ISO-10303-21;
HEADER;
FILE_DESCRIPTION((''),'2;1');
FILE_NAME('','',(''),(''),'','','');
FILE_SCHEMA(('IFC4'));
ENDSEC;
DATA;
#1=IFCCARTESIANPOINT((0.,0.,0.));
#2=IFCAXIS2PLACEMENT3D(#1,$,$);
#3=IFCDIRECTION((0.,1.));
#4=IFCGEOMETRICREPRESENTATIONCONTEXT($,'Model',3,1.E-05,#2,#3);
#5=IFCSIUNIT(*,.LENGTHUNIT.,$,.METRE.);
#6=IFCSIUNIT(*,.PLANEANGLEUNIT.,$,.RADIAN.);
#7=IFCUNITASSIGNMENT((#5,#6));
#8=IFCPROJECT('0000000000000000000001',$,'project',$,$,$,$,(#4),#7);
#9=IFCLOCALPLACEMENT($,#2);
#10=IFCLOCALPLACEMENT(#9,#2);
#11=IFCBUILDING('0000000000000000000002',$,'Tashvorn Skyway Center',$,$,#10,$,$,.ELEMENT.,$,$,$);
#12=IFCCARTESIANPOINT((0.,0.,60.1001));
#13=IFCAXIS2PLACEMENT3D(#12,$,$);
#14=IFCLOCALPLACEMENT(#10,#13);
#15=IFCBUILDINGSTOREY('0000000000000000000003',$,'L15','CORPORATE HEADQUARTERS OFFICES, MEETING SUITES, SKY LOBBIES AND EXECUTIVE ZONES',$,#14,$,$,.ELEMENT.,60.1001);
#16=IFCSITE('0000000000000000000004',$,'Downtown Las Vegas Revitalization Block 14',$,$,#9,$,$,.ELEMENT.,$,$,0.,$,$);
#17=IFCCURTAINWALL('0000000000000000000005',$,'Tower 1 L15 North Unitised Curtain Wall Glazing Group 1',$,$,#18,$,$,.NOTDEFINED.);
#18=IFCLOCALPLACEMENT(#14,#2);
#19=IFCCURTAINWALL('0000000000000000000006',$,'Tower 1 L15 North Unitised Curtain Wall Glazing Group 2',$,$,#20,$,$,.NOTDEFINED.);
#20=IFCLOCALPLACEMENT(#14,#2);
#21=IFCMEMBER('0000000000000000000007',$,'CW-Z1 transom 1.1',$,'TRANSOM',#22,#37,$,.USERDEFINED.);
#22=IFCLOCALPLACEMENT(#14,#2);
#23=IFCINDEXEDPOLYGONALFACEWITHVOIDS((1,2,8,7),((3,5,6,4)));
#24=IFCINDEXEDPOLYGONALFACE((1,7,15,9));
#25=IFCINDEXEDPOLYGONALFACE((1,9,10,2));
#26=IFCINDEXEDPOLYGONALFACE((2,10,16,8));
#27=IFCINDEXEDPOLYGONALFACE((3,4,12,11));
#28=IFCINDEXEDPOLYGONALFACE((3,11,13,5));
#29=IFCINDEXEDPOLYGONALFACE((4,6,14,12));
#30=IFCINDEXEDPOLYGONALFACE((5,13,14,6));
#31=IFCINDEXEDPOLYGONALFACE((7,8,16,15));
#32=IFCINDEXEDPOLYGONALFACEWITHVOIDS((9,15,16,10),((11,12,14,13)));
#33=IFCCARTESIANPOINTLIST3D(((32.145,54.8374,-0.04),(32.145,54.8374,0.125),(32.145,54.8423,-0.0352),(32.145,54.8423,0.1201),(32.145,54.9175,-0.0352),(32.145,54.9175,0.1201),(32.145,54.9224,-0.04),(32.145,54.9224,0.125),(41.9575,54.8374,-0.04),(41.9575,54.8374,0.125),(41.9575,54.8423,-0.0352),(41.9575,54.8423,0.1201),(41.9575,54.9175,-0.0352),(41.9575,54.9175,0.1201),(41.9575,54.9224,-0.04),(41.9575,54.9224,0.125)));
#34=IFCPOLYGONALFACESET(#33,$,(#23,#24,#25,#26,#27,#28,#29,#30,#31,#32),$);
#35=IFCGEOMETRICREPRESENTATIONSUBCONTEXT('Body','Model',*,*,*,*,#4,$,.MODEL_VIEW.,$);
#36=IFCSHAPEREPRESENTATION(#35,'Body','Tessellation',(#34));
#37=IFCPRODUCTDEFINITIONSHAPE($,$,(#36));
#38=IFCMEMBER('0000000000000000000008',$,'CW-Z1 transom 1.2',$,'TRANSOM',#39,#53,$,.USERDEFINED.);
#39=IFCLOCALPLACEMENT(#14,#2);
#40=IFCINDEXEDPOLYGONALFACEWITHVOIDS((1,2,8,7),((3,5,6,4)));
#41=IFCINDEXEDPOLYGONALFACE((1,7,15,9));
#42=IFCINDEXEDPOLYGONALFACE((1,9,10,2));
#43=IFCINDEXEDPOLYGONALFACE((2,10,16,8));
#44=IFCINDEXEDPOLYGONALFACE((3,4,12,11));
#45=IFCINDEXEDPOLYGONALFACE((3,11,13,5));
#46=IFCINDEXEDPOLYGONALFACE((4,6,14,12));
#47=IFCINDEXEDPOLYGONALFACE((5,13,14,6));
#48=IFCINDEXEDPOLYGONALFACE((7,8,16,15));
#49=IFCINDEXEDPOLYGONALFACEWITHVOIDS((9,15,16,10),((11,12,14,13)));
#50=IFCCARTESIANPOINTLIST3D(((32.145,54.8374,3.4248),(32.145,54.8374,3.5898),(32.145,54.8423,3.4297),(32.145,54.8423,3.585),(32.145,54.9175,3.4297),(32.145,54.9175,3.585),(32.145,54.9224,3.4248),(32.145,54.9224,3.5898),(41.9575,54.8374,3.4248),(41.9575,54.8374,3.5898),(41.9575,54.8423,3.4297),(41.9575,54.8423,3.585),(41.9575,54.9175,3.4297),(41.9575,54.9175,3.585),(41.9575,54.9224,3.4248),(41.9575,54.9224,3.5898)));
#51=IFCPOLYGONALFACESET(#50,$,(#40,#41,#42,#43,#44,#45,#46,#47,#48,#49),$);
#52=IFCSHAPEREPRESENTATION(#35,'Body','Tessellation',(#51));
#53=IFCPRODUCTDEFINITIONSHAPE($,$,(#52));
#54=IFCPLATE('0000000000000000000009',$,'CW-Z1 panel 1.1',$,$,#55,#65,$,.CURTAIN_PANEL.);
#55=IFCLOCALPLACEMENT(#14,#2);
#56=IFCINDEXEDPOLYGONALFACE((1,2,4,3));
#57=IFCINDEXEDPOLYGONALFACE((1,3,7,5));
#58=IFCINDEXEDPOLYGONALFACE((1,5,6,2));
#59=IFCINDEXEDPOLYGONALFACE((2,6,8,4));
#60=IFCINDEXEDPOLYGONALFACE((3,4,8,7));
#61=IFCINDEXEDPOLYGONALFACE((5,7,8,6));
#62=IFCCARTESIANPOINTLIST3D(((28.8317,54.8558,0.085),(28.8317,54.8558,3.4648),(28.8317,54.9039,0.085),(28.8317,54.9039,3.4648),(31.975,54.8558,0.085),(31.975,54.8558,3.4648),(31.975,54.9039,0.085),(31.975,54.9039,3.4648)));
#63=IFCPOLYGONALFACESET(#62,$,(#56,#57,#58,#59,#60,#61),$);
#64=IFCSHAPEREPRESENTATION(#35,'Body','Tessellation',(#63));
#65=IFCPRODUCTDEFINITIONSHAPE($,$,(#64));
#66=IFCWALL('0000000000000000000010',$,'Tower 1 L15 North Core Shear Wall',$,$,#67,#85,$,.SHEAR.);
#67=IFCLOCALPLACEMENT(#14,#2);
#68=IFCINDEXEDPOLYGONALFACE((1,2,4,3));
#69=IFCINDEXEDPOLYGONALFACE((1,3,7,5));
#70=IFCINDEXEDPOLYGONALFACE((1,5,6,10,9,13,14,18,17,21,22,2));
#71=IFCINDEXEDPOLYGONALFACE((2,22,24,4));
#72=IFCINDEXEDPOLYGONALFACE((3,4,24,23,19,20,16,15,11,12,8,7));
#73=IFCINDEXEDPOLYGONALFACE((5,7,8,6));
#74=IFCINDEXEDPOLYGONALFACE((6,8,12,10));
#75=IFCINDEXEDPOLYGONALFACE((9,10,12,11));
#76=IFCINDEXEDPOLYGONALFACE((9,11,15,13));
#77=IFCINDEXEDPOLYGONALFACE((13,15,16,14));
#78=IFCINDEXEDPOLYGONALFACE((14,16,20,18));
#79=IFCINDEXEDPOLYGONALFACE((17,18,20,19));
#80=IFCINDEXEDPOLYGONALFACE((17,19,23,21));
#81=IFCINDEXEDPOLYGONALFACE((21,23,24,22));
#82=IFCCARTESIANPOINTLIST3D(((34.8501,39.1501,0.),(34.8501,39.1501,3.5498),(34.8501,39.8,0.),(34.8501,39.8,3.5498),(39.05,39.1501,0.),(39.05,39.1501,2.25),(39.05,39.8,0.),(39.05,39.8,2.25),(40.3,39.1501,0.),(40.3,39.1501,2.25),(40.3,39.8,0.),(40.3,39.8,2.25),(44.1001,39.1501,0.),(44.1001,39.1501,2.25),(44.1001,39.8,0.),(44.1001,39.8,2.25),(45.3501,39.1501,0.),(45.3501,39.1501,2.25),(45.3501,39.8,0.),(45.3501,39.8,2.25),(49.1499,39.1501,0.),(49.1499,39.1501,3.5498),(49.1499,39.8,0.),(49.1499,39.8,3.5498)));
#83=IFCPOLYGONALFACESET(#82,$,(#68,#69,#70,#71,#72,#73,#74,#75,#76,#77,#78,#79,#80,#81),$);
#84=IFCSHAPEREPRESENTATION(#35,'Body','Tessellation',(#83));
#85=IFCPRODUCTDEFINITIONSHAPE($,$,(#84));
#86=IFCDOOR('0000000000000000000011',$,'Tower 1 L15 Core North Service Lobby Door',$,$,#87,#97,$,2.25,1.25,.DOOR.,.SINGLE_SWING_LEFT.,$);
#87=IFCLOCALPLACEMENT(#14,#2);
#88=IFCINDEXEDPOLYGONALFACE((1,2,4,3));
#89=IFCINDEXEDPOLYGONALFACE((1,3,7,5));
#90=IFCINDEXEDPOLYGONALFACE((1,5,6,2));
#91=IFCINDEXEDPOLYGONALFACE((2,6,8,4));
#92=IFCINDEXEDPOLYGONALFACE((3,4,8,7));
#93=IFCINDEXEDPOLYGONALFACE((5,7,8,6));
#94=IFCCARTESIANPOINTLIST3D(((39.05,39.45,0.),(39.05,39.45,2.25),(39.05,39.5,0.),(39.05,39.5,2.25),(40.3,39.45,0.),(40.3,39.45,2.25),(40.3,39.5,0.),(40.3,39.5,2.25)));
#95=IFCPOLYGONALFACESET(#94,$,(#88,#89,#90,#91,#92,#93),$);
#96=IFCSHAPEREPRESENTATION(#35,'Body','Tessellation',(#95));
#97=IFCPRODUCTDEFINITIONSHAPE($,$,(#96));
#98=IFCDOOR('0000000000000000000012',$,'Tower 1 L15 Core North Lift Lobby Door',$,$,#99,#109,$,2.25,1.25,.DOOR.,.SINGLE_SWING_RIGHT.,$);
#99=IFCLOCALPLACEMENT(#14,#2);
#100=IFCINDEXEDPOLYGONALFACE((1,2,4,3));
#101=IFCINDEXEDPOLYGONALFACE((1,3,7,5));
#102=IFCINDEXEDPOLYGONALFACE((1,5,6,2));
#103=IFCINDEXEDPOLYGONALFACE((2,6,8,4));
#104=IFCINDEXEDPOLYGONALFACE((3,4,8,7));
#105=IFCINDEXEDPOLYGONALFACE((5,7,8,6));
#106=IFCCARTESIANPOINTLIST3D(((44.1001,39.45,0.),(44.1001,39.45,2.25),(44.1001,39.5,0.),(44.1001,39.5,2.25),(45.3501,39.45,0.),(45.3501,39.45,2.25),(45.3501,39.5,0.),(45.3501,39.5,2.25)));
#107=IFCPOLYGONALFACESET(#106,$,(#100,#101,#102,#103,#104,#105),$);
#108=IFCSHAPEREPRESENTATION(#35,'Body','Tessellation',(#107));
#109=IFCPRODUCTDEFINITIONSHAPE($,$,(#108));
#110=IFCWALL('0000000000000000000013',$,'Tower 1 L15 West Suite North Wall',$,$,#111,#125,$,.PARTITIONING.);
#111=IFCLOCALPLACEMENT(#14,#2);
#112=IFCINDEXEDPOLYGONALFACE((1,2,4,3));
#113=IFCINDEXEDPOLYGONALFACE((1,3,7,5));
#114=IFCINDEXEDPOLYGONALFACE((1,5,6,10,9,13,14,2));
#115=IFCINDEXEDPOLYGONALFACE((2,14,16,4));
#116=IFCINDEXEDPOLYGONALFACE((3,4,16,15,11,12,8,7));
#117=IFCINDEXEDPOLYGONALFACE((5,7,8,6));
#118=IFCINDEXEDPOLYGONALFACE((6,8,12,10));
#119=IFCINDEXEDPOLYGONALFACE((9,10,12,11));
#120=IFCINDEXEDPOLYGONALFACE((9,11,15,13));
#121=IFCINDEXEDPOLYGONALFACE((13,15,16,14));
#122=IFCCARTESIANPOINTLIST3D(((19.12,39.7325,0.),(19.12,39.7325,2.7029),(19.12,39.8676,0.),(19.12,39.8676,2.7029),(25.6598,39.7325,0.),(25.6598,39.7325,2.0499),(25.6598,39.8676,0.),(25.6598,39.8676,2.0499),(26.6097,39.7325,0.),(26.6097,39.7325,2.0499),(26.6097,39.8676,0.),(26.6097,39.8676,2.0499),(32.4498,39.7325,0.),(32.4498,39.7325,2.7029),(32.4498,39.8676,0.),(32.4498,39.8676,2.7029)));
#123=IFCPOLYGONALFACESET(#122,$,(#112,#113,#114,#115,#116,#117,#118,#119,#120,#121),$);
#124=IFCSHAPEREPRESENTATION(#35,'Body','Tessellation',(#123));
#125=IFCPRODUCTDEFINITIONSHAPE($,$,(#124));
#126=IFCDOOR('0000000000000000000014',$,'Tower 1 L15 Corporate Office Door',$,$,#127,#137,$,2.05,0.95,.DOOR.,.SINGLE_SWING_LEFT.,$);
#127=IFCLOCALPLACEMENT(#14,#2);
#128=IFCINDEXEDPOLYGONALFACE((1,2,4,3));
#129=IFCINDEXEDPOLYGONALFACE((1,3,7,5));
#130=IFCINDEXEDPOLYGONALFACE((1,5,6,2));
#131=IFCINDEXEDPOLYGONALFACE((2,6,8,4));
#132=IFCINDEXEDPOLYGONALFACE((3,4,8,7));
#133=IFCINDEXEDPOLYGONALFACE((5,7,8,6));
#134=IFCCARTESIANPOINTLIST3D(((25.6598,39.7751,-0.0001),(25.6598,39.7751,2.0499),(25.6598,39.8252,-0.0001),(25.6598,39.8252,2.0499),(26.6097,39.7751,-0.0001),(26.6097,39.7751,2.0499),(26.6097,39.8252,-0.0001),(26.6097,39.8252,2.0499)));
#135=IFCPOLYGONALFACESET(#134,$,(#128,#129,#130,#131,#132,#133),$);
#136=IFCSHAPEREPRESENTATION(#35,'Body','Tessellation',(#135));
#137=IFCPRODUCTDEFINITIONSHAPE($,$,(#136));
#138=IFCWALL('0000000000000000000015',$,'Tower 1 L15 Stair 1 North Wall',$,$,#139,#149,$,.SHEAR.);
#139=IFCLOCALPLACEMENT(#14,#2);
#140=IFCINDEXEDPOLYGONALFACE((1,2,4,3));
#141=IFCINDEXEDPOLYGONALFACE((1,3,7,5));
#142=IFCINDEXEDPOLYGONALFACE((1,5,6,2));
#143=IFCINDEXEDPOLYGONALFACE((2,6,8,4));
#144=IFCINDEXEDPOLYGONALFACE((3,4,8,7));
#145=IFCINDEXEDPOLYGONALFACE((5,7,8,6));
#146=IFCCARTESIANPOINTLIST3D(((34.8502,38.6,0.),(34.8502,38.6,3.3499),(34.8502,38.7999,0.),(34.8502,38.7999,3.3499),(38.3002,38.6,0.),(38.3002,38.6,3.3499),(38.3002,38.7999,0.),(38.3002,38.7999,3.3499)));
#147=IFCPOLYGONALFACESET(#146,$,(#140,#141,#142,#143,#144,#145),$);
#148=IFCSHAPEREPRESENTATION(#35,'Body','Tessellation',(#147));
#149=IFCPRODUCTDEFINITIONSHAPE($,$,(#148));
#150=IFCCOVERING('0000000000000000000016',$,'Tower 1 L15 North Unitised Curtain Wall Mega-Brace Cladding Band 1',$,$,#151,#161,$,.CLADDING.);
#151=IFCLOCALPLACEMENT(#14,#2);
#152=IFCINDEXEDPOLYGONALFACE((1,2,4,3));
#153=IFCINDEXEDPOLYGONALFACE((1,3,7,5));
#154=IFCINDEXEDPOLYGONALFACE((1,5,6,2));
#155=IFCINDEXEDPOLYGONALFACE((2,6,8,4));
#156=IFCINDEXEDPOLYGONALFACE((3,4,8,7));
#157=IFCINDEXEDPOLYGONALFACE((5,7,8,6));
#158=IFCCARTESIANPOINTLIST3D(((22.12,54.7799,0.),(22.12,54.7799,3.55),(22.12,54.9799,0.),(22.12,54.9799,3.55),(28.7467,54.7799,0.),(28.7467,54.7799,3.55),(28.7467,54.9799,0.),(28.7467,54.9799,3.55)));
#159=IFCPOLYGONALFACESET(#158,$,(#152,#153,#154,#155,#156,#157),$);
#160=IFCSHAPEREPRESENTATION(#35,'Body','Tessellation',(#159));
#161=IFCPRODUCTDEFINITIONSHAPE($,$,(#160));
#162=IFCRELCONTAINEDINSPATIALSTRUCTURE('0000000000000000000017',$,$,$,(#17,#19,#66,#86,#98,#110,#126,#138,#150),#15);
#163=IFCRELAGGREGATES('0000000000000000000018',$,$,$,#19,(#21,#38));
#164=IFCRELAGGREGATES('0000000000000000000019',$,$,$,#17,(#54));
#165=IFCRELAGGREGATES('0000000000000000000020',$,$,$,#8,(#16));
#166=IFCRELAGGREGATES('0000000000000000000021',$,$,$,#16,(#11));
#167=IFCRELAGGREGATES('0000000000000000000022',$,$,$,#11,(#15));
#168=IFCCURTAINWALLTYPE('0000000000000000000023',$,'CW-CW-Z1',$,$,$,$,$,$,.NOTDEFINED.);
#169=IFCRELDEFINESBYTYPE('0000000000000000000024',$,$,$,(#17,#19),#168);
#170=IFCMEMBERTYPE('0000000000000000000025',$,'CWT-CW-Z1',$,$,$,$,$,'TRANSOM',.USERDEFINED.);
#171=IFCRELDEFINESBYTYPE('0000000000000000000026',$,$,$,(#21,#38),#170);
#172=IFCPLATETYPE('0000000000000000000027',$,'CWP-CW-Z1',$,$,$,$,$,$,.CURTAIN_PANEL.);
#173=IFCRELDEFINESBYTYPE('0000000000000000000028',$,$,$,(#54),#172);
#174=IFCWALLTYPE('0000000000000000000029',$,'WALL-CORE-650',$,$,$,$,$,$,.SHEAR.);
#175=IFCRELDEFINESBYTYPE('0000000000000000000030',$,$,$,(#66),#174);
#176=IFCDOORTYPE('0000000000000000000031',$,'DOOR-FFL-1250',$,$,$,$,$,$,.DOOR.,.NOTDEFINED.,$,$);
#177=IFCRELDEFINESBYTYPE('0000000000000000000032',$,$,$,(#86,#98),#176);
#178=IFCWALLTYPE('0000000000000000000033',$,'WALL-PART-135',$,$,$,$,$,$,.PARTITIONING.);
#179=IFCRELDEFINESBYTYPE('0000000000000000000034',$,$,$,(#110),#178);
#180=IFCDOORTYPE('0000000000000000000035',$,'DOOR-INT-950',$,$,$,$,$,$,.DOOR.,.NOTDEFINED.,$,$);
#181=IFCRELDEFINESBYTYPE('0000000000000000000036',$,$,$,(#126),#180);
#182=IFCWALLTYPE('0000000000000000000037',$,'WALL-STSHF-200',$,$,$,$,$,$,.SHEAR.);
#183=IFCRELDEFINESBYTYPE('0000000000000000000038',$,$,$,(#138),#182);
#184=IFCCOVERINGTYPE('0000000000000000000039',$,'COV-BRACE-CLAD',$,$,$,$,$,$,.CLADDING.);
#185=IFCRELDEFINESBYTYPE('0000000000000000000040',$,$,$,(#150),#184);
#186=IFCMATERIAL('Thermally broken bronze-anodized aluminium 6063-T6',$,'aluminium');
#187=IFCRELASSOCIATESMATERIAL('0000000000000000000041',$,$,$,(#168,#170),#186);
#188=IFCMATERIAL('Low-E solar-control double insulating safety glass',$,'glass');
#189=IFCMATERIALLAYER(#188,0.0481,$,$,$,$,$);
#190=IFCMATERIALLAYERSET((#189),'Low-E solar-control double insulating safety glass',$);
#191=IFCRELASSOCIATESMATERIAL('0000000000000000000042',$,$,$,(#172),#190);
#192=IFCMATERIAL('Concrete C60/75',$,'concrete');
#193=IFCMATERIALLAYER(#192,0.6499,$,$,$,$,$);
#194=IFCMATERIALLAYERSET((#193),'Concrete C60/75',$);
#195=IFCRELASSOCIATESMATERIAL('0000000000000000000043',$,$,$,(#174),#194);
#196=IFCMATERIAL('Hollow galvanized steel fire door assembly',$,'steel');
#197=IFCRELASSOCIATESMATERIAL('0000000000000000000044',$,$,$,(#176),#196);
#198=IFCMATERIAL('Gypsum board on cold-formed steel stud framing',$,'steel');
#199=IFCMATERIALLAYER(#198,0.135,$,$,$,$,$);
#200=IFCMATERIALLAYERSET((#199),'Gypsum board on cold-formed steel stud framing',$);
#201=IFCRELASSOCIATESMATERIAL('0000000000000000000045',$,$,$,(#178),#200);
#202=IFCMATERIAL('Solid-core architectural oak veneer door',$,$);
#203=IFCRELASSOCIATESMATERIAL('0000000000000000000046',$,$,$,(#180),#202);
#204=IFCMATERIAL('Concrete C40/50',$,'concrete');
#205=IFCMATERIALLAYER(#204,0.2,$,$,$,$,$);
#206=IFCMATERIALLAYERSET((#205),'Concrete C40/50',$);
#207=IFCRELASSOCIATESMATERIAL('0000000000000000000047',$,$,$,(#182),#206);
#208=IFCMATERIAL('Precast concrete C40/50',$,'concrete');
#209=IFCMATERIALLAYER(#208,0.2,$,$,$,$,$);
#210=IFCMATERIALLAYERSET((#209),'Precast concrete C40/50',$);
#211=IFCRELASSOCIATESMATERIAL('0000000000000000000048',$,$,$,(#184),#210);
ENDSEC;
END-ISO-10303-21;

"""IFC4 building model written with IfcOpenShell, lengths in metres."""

from ifc_helpers import new_model, si_unit, direction, frame, frame_2d, origin, origin_2d, place, context, subcontext, project, spatial, rectangle, hollow_rectangle, extrude, material, layer, layer_set, material_profile, profile_set, type_object, element, fill, aggregate, save


model = new_model("IFC4")

# Units and contexts
model_context = context("Model", 3, precision=1e-05, world=origin(), true_north=direction((0.0, 1.0)))
body_context = subcontext(model_context, "Body", "Model", "MODEL_VIEW")
ifc_project = project(units=[si_unit("LENGTHUNIT", "METRE"), si_unit("PLANEANGLEUNIT", "RADIAN")], contexts=[model_context])

# Site, building, storey
site_placement = place(None, origin())
site = spatial("IfcSite", under=ifc_project, at=site_placement, Name="Downtown Las Vegas Revitalization Block 14", CompositionType="ELEMENT", RefElevation=0.0)
building_placement = place(site_placement, origin())
building = spatial("IfcBuilding", under=site, at=building_placement, Name="Tashvorn Skyway Center", CompositionType="ELEMENT")
storey_placement = place(building_placement, frame((0.0, 0.0, 60.1001)))
storey = spatial("IfcBuildingStorey", under=building, at=storey_placement, Name="L15", Description="CORPORATE HEADQUARTERS OFFICES, MEETING SUITES, SKY LOBBIES AND EXECUTIVE ZONES", CompositionType="ELEMENT", Elevation=60.1001)

# Curtain wall
ifc_material_1 = material(Name="Thermally broken bronze-anodized aluminium 6063-T6", Category="aluminium")
curtain_wall_type = type_object("IfcCurtainWallType", Name="CW-CW-Z1", PredefinedType="NOTDEFINED", material=ifc_material_1)
curtain_wall_1_placement = place(storey_placement, origin())
curtain_wall_1 = element("IfcCurtainWall", 1, at=curtain_wall_1_placement, inside=storey, type_object=curtain_wall_type, Name="Tower 1 L15 North Unitised Curtain Wall Glazing Group 1", PredefinedType="NOTDEFINED")

# Curtain wall
curtain_wall_2_placement = place(storey_placement, origin())
curtain_wall_2 = element("IfcCurtainWall", 2, at=curtain_wall_2_placement, inside=storey, type_object=curtain_wall_type, Name="Tower 1 L15 North Unitised Curtain Wall Glazing Group 2", PredefinedType="NOTDEFINED")

# Members
ifc_material_profile_1 = material_profile(ifc_material_1, hollow_rectangle(XDim=0.085, YDim=0.165, WallThickness=0.0049, at=origin_2d()), Name="ALU-TRAN-85x165")
ifc_profile_set_1 = profile_set([ifc_material_profile_1], Name="Thermally broken bronze-anodized aluminium 6063-T6")
member_type_1 = type_object("IfcMemberType", Name="CWT-CW-Z1", ElementType="TRANSOM", PredefinedType="USERDEFINED", material=ifc_profile_set_1)
member_1_placement = place(storey_placement, frame((32.145, 54.8799, 0.0425), z_axis=(1.0, 0.0, 0.0), x_axis=(0.0, 1.0, 0.0)))
member_1 = element("IfcMember", 3, at=member_1_placement, type_object=member_type_1, Name="CW-Z1 transom 1.1", ObjectType="TRANSOM", PredefinedType="USERDEFINED", context=body_context, shape_type="SweptSolid", body=[
    extrude(hollow_rectangle(XDim=0.085, YDim=0.165, WallThickness=0.0049, at=origin_2d()), origin(), (0.0, 0.0, 1.0), 9.8125),
])
member_2_placement = place(storey_placement, frame((32.145, 54.8799, 3.5073), z_axis=(1.0, 0.0, 0.0), x_axis=(0.0, 1.0, 0.0)))
member_2 = element("IfcMember", 4, at=member_2_placement, type_object=member_type_1, Name="CW-Z1 transom 1.2", ObjectType="TRANSOM", PredefinedType="USERDEFINED", context=body_context, shape_type="SweptSolid", body=[
    extrude(hollow_rectangle(XDim=0.085, YDim=0.165, WallThickness=0.0049, at=origin_2d()), origin(), (0.0, 0.0, 1.0), 9.8125),
])
aggregate(curtain_wall_2, [member_1, member_2])

# Plate
ifc_material_2 = material(Name="Low-E solar-control double insulating safety glass", Category="glass")
ifc_layer_1 = layer(ifc_material_2, 0.0481)
ifc_layer_set_1 = layer_set([ifc_layer_1], Name="Low-E solar-control double insulating safety glass")
plate_type = type_object("IfcPlateType", Name="CWP-CW-Z1", PredefinedType="CURTAIN_PANEL", material=ifc_layer_set_1)
plate_placement = place(storey_placement, frame((30.4033, 54.8799, 0.085), z_axis=(0.0, 0.0, 1.0), x_axis=(1.0, 0.0, 0.0)))
plate = element("IfcPlate", 5, at=plate_placement, type_object=plate_type, Name="CW-Z1 panel 1.1", PredefinedType="CURTAIN_PANEL", context=body_context, shape_type="SweptSolid", body=[
    extrude(rectangle(XDim=3.1433, YDim=0.0481, at=origin_2d()), origin(), (0.0, 0.0, 1.0), 3.3799),
])
aggregate(curtain_wall_1, [plate])

# Wall, openings, doors
ifc_material_3 = material(Name="Concrete C60/75", Category="concrete")
ifc_layer_2 = layer(ifc_material_3, 0.6499)
ifc_layer_set_2 = layer_set([ifc_layer_2], Name="Concrete C60/75")
wall_type_1 = type_object("IfcWallType", Name="WALL-CORE-650", PredefinedType="SHEAR", material=ifc_layer_set_2)
wall_1_placement = place(storey_placement, frame((34.8501, 39.4751, 0.0), z_axis=(0.0, 0.0, 1.0), x_axis=(1.0, 0.0, 0.0)))
wall_1 = element("IfcWall", 6, at=wall_1_placement, inside=storey, type_object=wall_type_1, Name="Tower 1 L15 North Core Shear Wall", PredefinedType="SHEAR", context=body_context, shape_type="SweptSolid", body=[
    extrude(rectangle(XDim=14.2998, YDim=0.6499, at=frame_2d((7.1499, 0.0))), origin(), (0.0, 0.0, 1.0), 3.5498),
])
opening_1_placement = place(wall_1_placement, frame((4.2, 0.0, 0.0)))
opening_1 = element("IfcOpeningElement", 7, at=opening_1_placement, cuts=wall_1, PredefinedType="OPENING", context=body_context, shape_type="SweptSolid", body=[
    extrude(rectangle(XDim=1.25, YDim=2.25, at=frame_2d((0.625, 1.125))), frame((0.0, 0.335, 0.0), z_axis=(0.0, -1.0, 0.0), x_axis=(1.0, 0.0, 0.0)), (0.0, 0.0, 1.0), 0.6699),
])
opening_2_placement = place(wall_1_placement, frame((9.25, 0.0, 0.0)))
opening_2 = element("IfcOpeningElement", 8, at=opening_2_placement, cuts=wall_1, PredefinedType="OPENING", context=body_context, shape_type="SweptSolid", body=[
    extrude(rectangle(XDim=1.25, YDim=2.25, at=frame_2d((0.625, 1.125))), frame((0.0, 0.335, 0.0), z_axis=(0.0, -1.0, 0.0), x_axis=(1.0, 0.0, 0.0)), (0.0, 0.0, 1.0), 0.6699),
])
ifc_material_4 = material(Name="Hollow galvanized steel fire door assembly", Category="steel")
door_type_1 = type_object("IfcDoorType", Name="DOOR-FFL-1250", OperationType="NOTDEFINED", PredefinedType="DOOR", material=ifc_material_4)
door_1_placement = place(opening_1_placement, origin())
door_1 = element("IfcDoor", 9, at=door_1_placement, inside=storey, type_object=door_type_1, Name="Tower 1 L15 Core North Service Lobby Door", OperationType="SINGLE_SWING_LEFT", OverallHeight=2.25, OverallWidth=1.25, PredefinedType="DOOR", context=body_context, shape_type="SweptSolid", body=[
    extrude(rectangle(XDim=1.25, YDim=2.25, at=frame_2d((0.625, 1.125))), frame((0.0, 0.0249, 0.0), z_axis=(0.0, -1.0, 0.0), x_axis=(1.0, 0.0, 0.0)), (0.0, 0.0, 1.0), 0.05),
])
fill(opening_1, door_1)
door_2_placement = place(opening_2_placement, origin())
door_2 = element("IfcDoor", 10, at=door_2_placement, inside=storey, type_object=door_type_1, Name="Tower 1 L15 Core North Lift Lobby Door", OperationType="SINGLE_SWING_RIGHT", OverallHeight=2.25, OverallWidth=1.25, PredefinedType="DOOR", context=body_context, shape_type="SweptSolid", body=[
    extrude(rectangle(XDim=1.25, YDim=2.25, at=frame_2d((0.625, 1.125))), frame((0.0, 0.0249, 0.0), z_axis=(0.0, -1.0, 0.0), x_axis=(1.0, 0.0, 0.0)), (0.0, 0.0, 1.0), 0.05),
])
fill(opening_2, door_2)

# Wall, opening, door
ifc_material_5 = material(Name="Gypsum board on cold-formed steel stud framing", Category="steel")
ifc_layer_3 = layer(ifc_material_5, 0.135)
ifc_layer_set_3 = layer_set([ifc_layer_3], Name="Gypsum board on cold-formed steel stud framing")
wall_type_2 = type_object("IfcWallType", Name="WALL-PART-135", PredefinedType="PARTITIONING", material=ifc_layer_set_3)
wall_2_placement = place(storey_placement, frame((32.45, 39.8, 0.0), z_axis=(0.0, 0.0, 1.0), x_axis=(-1.0, 0.0, 0.0)))
wall_2 = element("IfcWall", 11, at=wall_2_placement, inside=storey, type_object=wall_type_2, Name="Tower 1 L15 West Suite North Wall", PredefinedType="PARTITIONING", context=body_context, shape_type="SweptSolid", body=[
    extrude(rectangle(XDim=13.3298, YDim=0.135, at=frame_2d((6.665, 0.0))), origin(), (0.0, 0.0, 1.0), 2.7029),
])
opening_3_placement = place(wall_2_placement, frame((5.8401, 0.0, 0.0)))
opening_3 = element("IfcOpeningElement", 12, at=opening_3_placement, cuts=wall_2, PredefinedType="OPENING", context=body_context, shape_type="SweptSolid", body=[
    extrude(rectangle(XDim=0.95, YDim=2.05, at=frame_2d((0.4751, 1.0249))), frame((0.0, 0.0774, 0.0), z_axis=(0.0, -1.0, 0.0), x_axis=(1.0, 0.0, 0.0)), (0.0, 0.0, 1.0), 0.155),
])
ifc_material_6 = material(Name="Solid-core architectural oak veneer door")
door_type_2 = type_object("IfcDoorType", Name="DOOR-INT-950", OperationType="NOTDEFINED", PredefinedType="DOOR", material=ifc_material_6)
door_3_placement = place(opening_3_placement, origin())
door_3 = element("IfcDoor", 13, at=door_3_placement, inside=storey, type_object=door_type_2, Name="Tower 1 L15 Corporate Office Door", OperationType="SINGLE_SWING_LEFT", OverallHeight=2.05, OverallWidth=0.95, PredefinedType="DOOR", context=body_context, shape_type="SweptSolid", body=[
    extrude(rectangle(XDim=0.95, YDim=2.05, at=frame_2d((0.4751, 1.0249))), frame((0.0, 0.0249, 0.0), z_axis=(0.0, -1.0, 0.0), x_axis=(1.0, 0.0, 0.0)), (0.0, 0.0, 1.0), 0.05),
])
fill(opening_3, door_3)

# Wall
ifc_material_7 = material(Name="Concrete C40/50", Category="concrete")
ifc_layer_4 = layer(ifc_material_7, 0.2)
ifc_layer_set_4 = layer_set([ifc_layer_4], Name="Concrete C40/50")
wall_type_3 = type_object("IfcWallType", Name="WALL-STSHF-200", PredefinedType="SHEAR", material=ifc_layer_set_4)
wall_3_placement = place(storey_placement, frame((34.8501, 38.7, 0.0), z_axis=(0.0, 0.0, 1.0), x_axis=(1.0, 0.0, 0.0)))
element("IfcWall", 14, at=wall_3_placement, inside=storey, type_object=wall_type_3, Name="Tower 1 L15 Stair 1 North Wall", PredefinedType="SHEAR", context=body_context, shape_type="SweptSolid", body=[
    extrude(rectangle(XDim=3.45, YDim=0.2, at=frame_2d((1.7251, 0.0))), origin(), (0.0, 0.0, 1.0), 3.3499),
])

# Covering
ifc_material_8 = material(Name="Precast concrete C40/50", Category="concrete")
ifc_layer_5 = layer(ifc_material_8, 0.2)
ifc_layer_set_5 = layer_set([ifc_layer_5], Name="Precast concrete C40/50")
covering_type = type_object("IfcCoveringType", Name="COV-BRACE-CLAD", PredefinedType="CLADDING", material=ifc_layer_set_5)
covering_placement = place(storey_placement, frame((25.4333, 54.8799, 0.0), z_axis=(0.0, 0.0, 1.0), x_axis=(1.0, 0.0, 0.0)))
element("IfcCovering", 15, at=covering_placement, inside=storey, type_object=covering_type, Name="Tower 1 L15 North Unitised Curtain Wall Mega-Brace Cladding Band 1", PredefinedType="CLADDING", context=body_context, shape_type="SweptSolid", body=[
    extrude(rectangle(XDim=6.6267, YDim=0.2, at=origin_2d()), origin(), (0.0, 0.0, 1.0), 3.55),
])

save(model, "model.ifc")
